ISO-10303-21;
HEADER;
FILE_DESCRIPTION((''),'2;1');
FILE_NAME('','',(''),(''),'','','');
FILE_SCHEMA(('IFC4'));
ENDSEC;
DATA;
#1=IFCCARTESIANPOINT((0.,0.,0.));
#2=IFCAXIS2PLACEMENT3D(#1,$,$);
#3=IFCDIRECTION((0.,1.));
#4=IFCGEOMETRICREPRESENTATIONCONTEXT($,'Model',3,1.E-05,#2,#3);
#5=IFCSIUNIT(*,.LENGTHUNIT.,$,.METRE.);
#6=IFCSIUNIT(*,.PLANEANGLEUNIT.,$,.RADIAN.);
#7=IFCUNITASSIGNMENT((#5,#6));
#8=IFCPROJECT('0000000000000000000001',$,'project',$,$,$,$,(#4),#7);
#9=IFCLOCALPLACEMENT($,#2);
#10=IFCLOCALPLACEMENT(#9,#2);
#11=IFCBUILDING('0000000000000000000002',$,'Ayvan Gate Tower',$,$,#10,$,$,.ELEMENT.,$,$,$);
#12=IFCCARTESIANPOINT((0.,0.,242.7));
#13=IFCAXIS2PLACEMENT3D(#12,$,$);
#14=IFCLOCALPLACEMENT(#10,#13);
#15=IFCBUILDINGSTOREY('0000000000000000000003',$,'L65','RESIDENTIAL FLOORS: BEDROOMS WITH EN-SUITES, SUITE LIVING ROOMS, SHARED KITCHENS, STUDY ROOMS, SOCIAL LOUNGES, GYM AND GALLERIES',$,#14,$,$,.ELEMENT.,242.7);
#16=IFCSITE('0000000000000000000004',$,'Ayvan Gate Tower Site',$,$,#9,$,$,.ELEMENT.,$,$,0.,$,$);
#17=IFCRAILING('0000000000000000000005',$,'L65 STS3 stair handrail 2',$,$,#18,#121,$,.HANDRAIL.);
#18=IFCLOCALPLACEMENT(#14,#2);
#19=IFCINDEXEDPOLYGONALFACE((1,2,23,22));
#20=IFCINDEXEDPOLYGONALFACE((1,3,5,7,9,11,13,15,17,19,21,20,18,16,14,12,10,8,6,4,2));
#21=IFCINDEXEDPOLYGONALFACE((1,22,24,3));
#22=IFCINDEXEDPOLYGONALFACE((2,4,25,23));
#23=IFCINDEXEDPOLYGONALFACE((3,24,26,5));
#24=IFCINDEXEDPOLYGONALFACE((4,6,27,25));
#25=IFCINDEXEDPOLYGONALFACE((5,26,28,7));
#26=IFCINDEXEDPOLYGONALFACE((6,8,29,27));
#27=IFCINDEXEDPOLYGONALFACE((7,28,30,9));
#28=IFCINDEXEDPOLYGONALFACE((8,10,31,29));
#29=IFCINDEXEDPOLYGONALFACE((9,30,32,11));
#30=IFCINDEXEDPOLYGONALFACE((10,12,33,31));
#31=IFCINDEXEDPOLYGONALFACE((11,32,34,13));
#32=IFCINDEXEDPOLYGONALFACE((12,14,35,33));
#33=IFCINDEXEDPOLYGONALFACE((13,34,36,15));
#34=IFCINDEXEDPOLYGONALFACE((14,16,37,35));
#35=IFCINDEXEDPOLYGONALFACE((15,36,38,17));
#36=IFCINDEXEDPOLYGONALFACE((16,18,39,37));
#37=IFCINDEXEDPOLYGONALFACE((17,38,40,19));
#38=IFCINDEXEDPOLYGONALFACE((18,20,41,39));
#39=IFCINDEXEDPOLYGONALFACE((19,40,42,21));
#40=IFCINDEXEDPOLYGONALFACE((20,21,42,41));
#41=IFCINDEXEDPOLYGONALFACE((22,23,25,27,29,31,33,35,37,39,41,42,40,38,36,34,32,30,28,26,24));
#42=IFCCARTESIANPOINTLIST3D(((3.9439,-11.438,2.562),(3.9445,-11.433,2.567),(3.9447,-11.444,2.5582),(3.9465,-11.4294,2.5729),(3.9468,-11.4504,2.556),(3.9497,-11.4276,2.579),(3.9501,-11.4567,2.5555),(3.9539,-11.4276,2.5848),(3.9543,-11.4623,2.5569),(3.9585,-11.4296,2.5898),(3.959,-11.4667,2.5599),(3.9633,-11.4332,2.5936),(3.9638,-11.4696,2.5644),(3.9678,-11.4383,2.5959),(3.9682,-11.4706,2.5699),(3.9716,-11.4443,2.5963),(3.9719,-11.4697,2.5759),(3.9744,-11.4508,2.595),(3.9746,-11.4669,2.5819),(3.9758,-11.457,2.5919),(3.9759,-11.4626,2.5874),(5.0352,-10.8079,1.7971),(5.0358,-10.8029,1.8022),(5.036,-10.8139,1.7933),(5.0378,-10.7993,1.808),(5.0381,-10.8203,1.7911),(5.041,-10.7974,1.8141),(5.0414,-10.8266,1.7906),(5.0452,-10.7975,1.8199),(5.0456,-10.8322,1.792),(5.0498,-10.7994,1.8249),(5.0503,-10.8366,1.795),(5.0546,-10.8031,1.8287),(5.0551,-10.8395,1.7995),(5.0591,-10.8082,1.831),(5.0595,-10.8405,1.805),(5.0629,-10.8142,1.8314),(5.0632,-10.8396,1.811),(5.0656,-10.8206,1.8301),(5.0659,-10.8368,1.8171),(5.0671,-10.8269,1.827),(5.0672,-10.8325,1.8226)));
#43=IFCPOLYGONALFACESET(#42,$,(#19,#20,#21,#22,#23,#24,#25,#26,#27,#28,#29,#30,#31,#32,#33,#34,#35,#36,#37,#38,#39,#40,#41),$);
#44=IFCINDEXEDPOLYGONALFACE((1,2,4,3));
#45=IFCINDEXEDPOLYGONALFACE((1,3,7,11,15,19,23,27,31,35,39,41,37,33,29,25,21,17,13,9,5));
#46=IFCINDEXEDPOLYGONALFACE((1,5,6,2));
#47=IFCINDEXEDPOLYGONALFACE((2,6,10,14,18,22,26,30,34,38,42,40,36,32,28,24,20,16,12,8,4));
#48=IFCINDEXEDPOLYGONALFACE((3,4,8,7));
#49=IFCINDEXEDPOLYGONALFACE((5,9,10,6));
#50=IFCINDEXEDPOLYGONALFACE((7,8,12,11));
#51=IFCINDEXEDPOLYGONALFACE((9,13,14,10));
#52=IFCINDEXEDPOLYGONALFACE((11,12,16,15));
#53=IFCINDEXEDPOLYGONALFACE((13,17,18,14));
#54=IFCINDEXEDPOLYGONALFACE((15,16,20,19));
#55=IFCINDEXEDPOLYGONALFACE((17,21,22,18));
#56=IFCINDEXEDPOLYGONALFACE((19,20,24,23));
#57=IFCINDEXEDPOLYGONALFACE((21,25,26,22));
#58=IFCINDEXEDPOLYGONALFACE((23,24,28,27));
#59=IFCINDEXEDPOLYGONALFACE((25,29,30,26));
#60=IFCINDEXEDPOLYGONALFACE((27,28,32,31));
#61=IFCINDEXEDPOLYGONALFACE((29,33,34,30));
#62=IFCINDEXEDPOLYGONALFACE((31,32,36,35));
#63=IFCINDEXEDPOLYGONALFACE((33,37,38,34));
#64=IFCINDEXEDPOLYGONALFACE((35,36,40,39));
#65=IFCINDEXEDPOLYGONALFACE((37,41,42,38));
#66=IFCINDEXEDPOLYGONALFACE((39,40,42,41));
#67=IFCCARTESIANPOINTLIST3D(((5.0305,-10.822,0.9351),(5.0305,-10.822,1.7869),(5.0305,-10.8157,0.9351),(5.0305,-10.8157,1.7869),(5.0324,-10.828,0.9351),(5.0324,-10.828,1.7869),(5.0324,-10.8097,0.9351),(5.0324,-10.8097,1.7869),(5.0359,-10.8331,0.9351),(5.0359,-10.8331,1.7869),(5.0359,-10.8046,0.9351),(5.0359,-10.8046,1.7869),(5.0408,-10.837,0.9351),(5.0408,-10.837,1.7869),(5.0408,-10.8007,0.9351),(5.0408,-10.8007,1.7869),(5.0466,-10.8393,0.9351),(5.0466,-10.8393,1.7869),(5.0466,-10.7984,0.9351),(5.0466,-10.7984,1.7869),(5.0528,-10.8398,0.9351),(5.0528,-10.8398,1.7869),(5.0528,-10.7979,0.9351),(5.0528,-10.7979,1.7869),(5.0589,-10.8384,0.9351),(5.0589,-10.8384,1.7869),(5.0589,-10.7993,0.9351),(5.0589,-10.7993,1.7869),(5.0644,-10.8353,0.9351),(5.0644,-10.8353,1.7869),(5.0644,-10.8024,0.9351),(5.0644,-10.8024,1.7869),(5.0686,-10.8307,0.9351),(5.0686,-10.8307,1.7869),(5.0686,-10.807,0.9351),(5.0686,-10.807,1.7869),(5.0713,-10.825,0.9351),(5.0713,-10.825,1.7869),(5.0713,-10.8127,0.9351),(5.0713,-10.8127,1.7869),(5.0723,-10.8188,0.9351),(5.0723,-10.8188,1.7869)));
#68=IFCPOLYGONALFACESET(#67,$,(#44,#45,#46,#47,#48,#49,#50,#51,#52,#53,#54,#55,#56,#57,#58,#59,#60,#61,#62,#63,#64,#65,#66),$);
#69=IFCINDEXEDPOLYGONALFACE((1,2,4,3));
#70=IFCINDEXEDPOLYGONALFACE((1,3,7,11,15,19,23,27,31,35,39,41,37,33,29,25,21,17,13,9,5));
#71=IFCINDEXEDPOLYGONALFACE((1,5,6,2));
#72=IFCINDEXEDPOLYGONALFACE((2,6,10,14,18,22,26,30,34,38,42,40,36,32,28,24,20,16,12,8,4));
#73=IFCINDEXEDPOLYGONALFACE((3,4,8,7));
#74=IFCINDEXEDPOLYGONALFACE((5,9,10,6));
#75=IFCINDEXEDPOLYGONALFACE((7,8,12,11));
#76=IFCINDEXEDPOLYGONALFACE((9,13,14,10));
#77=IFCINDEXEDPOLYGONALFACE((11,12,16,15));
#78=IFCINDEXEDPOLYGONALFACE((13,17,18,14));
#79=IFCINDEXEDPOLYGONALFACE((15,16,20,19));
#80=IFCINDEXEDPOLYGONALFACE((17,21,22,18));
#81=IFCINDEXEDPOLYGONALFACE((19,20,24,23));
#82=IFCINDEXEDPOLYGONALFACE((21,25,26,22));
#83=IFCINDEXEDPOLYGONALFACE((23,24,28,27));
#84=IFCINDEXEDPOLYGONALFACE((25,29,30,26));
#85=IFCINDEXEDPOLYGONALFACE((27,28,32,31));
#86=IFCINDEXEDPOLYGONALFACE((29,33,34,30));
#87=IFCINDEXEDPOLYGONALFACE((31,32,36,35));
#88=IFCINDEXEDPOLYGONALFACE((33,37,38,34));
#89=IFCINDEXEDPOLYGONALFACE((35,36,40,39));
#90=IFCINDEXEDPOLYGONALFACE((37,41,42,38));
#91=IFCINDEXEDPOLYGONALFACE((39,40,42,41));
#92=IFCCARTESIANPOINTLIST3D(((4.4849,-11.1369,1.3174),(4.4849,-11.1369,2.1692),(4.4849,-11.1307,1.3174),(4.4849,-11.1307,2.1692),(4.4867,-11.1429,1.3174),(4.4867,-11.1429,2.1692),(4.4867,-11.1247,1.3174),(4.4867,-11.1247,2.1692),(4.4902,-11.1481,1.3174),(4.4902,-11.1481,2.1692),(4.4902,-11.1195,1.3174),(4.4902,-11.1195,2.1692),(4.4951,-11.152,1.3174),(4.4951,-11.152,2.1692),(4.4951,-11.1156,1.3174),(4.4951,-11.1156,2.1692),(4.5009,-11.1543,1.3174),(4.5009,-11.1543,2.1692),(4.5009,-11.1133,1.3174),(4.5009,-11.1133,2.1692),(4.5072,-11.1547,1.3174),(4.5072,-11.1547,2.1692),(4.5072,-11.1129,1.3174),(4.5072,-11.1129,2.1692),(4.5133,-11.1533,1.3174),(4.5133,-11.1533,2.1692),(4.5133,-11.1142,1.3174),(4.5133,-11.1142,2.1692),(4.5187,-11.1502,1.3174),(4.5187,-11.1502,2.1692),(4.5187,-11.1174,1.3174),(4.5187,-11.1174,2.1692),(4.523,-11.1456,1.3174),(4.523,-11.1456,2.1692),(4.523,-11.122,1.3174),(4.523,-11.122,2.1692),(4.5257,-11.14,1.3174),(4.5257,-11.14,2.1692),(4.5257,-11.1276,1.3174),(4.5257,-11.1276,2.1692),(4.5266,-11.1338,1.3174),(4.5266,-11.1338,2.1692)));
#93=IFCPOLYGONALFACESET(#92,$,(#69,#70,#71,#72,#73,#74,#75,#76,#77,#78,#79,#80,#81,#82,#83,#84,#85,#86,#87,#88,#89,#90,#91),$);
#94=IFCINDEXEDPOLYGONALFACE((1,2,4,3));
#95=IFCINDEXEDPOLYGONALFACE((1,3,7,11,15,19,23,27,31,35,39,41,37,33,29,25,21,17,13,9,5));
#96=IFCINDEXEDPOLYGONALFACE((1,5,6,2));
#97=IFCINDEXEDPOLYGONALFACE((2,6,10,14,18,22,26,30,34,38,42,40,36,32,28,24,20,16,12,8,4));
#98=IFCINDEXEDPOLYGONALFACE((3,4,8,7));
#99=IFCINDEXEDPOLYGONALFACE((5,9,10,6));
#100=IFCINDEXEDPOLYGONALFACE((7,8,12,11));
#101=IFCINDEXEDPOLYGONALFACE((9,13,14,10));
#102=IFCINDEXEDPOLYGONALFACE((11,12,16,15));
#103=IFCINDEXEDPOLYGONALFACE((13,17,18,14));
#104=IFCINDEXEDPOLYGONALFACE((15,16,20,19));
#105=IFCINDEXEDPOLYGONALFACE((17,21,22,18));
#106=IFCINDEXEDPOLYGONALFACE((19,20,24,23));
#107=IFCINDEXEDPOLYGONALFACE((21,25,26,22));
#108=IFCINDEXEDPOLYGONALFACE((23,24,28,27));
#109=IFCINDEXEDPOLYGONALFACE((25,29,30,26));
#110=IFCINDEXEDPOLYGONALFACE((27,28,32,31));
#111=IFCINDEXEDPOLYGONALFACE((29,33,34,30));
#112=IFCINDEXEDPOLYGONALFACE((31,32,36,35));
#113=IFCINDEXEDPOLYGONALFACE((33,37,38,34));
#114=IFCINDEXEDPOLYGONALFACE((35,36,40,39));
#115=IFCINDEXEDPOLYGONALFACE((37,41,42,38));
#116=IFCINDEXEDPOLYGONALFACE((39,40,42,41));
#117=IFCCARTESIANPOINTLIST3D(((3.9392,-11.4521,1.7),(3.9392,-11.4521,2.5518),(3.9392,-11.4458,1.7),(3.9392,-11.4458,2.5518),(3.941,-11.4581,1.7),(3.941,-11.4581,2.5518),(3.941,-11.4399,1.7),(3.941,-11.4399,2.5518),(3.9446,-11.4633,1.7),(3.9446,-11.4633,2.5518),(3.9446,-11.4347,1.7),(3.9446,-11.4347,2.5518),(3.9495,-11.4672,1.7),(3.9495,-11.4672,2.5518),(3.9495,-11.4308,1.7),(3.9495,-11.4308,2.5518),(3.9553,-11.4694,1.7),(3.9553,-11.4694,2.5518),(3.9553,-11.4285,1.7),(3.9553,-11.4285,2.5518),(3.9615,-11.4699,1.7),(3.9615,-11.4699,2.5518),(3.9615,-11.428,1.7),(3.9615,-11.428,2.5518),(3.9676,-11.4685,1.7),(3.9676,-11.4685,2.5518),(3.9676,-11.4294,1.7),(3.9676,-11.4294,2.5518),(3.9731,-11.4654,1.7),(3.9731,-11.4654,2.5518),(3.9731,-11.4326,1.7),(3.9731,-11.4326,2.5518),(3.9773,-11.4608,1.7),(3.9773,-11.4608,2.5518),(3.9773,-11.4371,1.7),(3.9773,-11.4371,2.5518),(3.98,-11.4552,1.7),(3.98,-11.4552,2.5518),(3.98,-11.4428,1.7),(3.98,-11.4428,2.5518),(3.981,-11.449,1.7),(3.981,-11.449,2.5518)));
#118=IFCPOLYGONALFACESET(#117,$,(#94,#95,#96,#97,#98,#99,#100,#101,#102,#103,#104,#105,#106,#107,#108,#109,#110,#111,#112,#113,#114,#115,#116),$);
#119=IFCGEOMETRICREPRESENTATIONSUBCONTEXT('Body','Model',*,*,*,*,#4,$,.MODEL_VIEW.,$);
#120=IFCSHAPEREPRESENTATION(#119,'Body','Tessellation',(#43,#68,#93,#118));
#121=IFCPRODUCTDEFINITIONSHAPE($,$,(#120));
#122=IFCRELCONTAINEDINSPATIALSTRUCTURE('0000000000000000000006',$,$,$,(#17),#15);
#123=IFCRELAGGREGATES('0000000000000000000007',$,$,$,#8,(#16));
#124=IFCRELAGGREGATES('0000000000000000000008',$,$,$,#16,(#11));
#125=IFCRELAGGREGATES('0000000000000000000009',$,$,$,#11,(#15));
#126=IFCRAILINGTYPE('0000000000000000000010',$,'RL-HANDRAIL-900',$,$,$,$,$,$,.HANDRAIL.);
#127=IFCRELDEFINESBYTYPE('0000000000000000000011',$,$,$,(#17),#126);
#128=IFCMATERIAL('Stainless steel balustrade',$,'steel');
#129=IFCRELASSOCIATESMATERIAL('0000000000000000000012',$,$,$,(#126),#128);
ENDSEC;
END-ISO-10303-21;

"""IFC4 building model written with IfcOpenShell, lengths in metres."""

from ifc_helpers import new_model, si_unit, direction, frame, origin, origin_2d, place, context, subcontext, project, spatial, circle, extrude, material, type_object, element, save


model = new_model("IFC4")

# Units and contexts
model_context = context("Model", 3, precision=1e-05, world=origin(), true_north=direction((0.0, 1.0)))
body_context = subcontext(model_context, "Body", "Model", "MODEL_VIEW")
ifc_project = project(units=[si_unit("LENGTHUNIT", "METRE"), si_unit("PLANEANGLEUNIT", "RADIAN")], contexts=[model_context])

# Site, building, storey
site_placement = place(None, origin())
site = spatial("IfcSite", under=ifc_project, at=site_placement, Name="Ayvan Gate Tower Site", CompositionType="ELEMENT", RefElevation=0.0)
building_placement = place(site_placement, origin())
building = spatial("IfcBuilding", under=site, at=building_placement, Name="Ayvan Gate Tower", CompositionType="ELEMENT")
storey_placement = place(building_placement, frame((0.0, 0.0, 242.7)))
storey = spatial("IfcBuildingStorey", under=building, at=storey_placement, Name="L65", Description="RESIDENTIAL FLOORS: BEDROOMS WITH EN-SUITES, SUITE LIVING ROOMS, SHARED KITCHENS, STUDY ROOMS, SOCIAL LOUNGES, GYM AND GALLERIES", CompositionType="ELEMENT", Elevation=242.7)

# Railing
ifc_material_1 = material(Name="Stainless steel balustrade", Category="steel")
railing_type_1 = type_object("IfcRailingType", Name="RL-HANDRAIL-900", PredefinedType="HANDRAIL", material=ifc_material_1)
railing_1_placement = place(storey_placement, frame((5.0513, -10.8188, 0.9351)))
element("IfcRailing", 1, at=railing_1_placement, inside=storey, type_object=railing_type_1, Name="L65 STS3 stair handrail 2", PredefinedType="HANDRAIL", context=body_context, shape_type="SweptSolid", body=[
    extrude(circle(Radius=0.0239, at=origin_2d()), frame((0.0, 0.0, 0.876), z_axis=(-0.740304, -0.427455, 0.518875), x_axis=(0.500035, -0.866005, 0.0)), (0.0, 0.0, 1.0), 1.4741),
    extrude(circle(Radius=0.021, at=origin_2d()), origin(), (0.0, 0.0, 1.0), 0.8518),
    extrude(circle(Radius=0.021, at=origin_2d()), frame((-0.5457, -0.3149, 0.3823)), (0.0, 0.0, 1.0), 0.8518),
    extrude(circle(Radius=0.021, at=origin_2d()), frame((-1.0913, -0.6301, 0.7649)), (0.0, 0.0, 1.0), 0.8518),
])

save(model, "model.ifc")
